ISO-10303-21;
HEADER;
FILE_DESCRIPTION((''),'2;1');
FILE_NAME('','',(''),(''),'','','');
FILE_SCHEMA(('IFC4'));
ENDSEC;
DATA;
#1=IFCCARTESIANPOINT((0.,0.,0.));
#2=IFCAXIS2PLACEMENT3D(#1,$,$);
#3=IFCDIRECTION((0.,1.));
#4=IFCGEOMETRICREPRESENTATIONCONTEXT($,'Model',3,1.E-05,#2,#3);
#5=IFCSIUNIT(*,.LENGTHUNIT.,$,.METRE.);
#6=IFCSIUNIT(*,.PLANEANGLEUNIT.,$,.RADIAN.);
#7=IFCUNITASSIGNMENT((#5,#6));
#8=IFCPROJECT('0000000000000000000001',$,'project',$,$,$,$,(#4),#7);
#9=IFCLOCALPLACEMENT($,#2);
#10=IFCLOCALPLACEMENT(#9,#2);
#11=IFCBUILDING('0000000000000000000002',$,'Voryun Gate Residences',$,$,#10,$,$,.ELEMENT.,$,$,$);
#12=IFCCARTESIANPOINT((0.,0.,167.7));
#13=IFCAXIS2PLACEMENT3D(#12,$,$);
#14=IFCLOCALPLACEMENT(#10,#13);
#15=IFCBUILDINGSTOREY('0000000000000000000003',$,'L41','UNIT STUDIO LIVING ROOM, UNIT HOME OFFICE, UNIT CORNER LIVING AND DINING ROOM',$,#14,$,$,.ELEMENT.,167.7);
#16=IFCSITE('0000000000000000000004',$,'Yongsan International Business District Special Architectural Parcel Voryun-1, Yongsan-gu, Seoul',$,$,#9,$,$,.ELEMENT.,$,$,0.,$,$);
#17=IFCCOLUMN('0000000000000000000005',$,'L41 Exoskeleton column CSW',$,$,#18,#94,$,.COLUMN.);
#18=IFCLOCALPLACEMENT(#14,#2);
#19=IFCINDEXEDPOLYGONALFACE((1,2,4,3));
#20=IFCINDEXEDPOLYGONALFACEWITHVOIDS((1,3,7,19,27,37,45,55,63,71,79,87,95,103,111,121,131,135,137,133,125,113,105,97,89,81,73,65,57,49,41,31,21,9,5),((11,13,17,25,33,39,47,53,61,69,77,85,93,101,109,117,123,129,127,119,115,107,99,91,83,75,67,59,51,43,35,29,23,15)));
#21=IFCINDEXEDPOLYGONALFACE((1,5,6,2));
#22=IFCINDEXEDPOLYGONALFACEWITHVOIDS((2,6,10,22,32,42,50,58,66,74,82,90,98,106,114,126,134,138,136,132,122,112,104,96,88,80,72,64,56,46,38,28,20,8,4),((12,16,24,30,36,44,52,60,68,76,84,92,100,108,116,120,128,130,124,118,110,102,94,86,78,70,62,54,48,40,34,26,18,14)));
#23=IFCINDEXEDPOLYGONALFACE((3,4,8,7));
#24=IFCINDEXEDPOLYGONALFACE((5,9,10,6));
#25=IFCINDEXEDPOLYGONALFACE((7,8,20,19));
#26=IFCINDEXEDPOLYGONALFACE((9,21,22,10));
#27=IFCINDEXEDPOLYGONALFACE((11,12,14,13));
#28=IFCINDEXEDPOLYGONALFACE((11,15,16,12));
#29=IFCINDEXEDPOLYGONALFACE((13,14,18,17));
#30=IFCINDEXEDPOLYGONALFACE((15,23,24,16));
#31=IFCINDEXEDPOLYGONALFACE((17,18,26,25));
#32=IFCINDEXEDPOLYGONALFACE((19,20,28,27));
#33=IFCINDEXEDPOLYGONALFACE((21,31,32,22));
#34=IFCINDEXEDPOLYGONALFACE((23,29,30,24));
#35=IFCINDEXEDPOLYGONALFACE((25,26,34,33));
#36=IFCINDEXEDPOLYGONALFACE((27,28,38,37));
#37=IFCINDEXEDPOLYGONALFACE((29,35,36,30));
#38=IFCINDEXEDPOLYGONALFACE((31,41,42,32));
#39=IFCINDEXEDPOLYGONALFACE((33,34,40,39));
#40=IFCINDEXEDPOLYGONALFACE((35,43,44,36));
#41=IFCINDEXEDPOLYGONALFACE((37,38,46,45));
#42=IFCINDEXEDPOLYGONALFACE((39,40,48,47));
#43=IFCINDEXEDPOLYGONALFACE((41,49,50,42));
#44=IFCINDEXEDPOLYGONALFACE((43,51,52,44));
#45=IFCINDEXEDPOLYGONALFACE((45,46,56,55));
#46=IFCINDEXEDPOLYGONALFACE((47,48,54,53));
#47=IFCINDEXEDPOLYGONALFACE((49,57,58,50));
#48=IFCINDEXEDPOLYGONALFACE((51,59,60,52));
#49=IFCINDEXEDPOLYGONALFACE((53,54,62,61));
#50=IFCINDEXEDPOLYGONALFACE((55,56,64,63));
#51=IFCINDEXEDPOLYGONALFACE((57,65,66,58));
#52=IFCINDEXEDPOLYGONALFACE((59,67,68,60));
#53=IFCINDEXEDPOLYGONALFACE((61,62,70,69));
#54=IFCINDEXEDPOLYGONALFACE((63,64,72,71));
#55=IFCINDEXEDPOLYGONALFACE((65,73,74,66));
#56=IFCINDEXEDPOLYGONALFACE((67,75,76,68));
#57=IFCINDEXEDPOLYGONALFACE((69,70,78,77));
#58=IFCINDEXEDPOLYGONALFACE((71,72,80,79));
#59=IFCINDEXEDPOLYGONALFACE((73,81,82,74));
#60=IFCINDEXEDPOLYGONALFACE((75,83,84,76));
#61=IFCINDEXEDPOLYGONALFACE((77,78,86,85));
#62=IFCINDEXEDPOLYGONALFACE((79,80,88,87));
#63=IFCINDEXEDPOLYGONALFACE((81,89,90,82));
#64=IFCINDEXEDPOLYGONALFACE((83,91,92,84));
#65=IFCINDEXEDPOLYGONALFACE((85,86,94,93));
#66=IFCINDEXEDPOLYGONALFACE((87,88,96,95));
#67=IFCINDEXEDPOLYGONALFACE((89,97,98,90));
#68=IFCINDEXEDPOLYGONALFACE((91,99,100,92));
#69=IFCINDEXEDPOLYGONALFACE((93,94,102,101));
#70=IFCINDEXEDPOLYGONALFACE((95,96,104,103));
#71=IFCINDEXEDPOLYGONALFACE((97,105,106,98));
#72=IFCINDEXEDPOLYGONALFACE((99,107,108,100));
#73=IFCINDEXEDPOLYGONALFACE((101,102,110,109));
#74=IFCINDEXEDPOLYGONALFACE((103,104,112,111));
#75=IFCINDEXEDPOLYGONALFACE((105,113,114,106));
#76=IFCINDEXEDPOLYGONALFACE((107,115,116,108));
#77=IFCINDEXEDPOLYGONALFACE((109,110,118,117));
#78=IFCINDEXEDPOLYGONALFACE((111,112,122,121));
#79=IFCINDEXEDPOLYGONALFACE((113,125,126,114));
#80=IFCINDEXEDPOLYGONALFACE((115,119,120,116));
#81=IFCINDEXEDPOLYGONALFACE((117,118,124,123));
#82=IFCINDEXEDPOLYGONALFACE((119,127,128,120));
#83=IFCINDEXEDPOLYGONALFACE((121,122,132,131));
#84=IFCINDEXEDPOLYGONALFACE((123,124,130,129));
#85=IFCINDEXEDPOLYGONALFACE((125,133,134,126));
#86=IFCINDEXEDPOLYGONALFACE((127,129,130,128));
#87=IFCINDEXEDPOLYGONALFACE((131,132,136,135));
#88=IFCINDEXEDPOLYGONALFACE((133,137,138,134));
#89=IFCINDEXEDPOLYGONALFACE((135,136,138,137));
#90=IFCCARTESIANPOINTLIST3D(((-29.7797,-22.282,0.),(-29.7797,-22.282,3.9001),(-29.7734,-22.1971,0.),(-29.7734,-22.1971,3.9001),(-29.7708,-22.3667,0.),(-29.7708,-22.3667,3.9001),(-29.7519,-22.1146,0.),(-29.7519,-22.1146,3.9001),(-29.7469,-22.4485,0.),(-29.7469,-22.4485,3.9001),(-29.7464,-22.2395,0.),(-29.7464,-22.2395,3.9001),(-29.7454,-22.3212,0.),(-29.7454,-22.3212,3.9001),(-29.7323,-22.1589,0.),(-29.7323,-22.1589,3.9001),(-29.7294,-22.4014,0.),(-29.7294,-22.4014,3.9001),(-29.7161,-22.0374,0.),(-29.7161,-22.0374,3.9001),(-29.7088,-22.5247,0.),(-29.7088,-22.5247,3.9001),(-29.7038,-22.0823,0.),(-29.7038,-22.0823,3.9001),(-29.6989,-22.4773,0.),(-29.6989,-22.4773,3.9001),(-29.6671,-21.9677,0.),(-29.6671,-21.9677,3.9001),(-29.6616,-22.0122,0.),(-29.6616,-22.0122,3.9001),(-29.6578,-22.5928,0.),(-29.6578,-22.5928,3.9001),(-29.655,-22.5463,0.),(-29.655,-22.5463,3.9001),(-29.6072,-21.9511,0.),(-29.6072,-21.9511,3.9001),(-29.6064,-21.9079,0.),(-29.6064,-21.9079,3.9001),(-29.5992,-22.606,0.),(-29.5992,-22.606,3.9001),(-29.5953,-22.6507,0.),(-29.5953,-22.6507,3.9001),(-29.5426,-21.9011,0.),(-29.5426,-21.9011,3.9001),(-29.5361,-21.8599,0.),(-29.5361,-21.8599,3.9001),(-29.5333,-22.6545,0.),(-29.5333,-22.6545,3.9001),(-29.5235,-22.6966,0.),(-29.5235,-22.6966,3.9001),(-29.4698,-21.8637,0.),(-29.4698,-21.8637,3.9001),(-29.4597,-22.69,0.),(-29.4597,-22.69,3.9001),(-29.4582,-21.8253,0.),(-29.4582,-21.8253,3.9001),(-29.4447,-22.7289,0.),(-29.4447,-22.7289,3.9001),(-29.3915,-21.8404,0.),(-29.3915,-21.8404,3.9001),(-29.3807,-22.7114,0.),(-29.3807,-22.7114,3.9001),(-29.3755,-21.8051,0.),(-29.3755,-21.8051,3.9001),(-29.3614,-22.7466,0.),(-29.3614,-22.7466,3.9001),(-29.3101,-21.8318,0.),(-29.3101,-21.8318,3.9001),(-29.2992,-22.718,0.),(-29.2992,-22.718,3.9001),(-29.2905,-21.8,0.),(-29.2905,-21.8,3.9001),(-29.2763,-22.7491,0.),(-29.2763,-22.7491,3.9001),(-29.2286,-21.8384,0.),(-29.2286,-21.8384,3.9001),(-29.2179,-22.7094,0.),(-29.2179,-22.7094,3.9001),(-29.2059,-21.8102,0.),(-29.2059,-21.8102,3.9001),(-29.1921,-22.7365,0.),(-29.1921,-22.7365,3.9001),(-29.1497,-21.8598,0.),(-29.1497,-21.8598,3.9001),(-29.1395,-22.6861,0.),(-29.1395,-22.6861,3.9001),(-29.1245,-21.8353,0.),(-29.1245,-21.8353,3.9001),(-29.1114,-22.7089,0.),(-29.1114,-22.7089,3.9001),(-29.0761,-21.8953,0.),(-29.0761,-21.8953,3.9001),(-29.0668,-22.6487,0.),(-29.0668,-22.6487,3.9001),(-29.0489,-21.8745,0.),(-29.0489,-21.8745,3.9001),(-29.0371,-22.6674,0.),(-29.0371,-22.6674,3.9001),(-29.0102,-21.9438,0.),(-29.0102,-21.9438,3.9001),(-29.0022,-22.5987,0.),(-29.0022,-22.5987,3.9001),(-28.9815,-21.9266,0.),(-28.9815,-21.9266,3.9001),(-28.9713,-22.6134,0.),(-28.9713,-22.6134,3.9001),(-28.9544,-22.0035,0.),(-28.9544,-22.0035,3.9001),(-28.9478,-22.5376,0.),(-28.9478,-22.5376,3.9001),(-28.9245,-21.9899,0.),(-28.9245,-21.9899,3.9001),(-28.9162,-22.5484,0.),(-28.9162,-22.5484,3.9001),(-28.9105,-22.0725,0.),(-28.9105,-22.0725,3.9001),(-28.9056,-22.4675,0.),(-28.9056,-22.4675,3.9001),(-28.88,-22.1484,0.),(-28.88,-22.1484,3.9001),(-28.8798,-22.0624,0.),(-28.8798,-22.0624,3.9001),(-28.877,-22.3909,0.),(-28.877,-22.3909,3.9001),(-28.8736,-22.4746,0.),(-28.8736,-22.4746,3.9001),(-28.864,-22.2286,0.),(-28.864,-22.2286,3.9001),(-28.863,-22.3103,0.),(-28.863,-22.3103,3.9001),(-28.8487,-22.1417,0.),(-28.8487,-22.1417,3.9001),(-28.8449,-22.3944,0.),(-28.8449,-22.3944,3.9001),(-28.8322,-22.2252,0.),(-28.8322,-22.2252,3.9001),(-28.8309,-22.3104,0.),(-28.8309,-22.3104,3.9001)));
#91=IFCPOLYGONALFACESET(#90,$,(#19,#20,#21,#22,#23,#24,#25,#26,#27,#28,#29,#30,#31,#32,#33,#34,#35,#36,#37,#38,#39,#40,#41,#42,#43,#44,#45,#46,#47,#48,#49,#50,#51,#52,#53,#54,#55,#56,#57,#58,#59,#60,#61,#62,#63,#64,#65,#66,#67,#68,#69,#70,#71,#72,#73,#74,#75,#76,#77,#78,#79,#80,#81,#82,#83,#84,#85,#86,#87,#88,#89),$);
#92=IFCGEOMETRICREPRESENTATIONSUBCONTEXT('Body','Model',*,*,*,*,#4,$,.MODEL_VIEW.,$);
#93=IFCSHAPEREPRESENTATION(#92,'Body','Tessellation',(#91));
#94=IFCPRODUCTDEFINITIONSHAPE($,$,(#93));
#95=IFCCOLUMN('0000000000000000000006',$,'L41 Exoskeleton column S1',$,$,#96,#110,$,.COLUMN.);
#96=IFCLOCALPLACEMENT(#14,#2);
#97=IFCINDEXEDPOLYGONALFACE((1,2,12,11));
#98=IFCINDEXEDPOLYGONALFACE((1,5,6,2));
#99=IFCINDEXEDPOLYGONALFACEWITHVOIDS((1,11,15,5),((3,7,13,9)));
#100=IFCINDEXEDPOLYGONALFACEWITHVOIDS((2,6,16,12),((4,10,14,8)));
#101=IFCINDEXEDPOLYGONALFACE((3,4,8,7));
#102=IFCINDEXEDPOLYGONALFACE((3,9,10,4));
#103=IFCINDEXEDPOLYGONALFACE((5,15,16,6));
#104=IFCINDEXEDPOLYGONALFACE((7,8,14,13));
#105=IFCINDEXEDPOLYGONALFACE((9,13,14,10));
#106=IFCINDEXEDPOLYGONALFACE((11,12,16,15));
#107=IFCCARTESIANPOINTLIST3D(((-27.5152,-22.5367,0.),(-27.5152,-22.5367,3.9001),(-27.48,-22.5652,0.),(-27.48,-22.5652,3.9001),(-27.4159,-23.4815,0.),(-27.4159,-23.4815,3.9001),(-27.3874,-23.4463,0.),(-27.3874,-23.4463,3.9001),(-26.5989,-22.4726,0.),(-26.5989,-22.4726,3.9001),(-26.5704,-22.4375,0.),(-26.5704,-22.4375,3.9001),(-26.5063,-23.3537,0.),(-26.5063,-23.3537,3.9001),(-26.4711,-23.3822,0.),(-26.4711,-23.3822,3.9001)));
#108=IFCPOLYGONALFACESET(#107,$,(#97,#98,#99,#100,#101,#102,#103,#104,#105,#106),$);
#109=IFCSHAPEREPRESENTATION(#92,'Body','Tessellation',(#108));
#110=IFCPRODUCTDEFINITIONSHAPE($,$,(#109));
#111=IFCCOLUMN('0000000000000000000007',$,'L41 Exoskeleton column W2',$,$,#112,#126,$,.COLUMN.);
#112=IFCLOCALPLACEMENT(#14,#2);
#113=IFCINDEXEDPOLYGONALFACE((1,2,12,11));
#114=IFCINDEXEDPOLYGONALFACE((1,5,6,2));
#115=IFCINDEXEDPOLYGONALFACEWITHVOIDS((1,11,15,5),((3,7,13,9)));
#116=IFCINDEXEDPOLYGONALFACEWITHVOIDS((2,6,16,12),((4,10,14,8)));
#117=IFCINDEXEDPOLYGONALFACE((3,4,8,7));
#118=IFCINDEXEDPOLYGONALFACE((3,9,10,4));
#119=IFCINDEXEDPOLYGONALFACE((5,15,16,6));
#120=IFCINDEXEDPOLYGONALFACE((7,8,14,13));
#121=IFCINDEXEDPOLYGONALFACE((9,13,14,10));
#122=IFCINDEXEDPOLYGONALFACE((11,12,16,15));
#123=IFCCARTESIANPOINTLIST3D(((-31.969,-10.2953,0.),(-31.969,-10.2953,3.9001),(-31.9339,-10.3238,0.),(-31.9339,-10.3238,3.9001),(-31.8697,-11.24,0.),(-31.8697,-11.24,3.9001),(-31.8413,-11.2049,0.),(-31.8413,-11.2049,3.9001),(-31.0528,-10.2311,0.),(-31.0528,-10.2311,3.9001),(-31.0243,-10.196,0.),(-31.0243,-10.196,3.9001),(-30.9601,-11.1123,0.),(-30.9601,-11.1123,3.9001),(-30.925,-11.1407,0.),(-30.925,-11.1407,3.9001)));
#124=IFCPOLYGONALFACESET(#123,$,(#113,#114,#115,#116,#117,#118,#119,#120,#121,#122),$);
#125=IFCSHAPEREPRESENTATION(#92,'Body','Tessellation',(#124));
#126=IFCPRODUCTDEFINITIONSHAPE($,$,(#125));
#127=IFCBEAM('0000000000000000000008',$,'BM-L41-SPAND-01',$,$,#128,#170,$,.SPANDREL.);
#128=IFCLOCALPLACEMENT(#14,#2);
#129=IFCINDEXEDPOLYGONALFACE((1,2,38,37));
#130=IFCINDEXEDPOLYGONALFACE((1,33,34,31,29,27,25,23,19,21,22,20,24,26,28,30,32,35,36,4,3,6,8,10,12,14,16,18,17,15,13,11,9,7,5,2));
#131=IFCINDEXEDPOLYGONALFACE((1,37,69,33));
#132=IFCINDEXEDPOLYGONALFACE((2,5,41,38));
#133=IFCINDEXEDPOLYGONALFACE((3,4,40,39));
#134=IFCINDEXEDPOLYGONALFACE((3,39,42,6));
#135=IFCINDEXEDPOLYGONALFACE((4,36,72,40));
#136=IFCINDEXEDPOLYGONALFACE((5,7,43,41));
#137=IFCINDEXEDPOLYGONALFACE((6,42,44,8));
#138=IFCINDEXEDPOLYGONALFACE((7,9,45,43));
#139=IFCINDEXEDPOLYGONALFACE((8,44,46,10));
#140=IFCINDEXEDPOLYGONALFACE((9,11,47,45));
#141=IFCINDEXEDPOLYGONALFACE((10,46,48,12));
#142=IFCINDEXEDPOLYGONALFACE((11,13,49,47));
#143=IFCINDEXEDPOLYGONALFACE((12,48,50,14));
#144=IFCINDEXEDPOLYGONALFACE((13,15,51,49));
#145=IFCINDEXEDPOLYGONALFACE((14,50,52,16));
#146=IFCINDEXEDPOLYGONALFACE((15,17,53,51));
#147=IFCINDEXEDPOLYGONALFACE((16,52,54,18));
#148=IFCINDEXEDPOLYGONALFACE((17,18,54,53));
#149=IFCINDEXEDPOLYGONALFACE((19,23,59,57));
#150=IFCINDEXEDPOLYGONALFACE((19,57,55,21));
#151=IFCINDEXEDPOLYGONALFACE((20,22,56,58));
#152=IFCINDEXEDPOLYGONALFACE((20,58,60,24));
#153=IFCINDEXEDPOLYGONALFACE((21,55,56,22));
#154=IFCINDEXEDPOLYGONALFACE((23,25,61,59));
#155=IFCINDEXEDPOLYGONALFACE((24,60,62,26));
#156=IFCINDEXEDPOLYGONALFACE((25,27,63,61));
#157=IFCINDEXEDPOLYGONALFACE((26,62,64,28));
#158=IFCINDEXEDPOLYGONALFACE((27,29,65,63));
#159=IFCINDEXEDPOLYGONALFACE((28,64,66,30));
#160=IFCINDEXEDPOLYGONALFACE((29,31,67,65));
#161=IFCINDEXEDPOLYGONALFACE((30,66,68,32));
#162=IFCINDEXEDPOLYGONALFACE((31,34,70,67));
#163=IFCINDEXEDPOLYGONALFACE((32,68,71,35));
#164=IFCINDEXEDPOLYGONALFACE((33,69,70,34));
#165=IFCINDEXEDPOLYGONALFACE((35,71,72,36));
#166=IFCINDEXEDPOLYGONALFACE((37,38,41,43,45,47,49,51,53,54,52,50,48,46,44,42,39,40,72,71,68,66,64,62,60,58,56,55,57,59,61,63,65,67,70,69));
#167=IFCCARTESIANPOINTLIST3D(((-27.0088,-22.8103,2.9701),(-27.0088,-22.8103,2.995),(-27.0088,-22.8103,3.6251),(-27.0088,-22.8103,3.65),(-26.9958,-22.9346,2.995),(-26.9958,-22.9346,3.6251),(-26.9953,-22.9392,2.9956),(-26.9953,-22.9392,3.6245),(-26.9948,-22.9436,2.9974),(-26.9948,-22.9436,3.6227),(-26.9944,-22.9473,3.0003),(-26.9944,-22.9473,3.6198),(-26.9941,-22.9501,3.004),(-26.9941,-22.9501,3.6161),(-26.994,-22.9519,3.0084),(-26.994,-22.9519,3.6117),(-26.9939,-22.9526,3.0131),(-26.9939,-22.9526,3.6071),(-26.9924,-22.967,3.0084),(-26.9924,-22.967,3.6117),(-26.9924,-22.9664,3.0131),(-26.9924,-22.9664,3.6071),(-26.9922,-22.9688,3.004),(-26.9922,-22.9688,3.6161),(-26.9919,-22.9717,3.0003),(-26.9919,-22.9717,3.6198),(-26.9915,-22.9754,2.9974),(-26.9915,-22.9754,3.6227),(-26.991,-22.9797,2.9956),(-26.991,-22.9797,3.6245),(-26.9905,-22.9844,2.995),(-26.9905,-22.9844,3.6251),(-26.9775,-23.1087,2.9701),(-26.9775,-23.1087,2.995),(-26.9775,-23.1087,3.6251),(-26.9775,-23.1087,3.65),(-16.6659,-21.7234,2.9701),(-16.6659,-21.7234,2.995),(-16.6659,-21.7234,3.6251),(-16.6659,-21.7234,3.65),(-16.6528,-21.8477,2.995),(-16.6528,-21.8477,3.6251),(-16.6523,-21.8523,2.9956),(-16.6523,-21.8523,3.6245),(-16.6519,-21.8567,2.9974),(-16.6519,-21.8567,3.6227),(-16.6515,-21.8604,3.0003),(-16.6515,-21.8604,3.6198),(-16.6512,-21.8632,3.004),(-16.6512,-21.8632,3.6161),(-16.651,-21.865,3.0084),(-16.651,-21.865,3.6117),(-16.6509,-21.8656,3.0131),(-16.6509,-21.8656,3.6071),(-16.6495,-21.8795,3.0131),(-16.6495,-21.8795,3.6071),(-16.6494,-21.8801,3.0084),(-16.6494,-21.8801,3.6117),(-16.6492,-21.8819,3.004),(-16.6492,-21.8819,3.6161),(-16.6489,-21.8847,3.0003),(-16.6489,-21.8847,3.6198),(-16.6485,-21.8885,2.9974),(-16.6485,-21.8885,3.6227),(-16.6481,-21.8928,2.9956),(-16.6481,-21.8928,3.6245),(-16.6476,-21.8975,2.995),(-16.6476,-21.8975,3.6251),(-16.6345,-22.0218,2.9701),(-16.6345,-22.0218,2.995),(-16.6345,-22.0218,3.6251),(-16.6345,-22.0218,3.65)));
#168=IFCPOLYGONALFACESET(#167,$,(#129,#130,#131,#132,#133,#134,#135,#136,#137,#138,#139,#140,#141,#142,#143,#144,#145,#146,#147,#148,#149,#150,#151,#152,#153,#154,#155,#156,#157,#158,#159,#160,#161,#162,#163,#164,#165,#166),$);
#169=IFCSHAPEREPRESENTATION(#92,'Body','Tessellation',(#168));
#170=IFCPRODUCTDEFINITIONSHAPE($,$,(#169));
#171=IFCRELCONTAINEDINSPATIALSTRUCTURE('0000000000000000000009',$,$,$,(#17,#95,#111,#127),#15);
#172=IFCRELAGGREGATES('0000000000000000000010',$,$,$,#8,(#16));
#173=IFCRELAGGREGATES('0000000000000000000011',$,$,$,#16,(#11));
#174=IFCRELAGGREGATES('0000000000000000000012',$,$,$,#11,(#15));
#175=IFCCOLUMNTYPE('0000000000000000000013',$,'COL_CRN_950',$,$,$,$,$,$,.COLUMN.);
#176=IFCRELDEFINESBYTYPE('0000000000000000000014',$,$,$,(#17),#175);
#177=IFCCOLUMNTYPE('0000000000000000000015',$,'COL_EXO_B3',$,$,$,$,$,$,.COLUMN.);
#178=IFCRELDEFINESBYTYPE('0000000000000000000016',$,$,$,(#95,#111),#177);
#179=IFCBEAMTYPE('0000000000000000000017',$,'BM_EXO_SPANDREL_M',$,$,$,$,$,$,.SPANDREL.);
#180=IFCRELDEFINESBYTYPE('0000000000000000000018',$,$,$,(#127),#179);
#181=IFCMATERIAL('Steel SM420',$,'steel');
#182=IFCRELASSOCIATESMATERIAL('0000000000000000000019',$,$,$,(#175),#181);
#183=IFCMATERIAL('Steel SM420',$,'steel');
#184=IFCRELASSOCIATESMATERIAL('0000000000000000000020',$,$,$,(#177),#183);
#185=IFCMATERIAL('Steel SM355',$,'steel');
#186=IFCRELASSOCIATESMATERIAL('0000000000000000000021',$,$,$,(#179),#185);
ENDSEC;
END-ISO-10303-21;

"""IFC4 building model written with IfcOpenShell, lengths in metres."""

from ifc_helpers import new_model, si_unit, direction, frame, origin, origin_2d, place, context, subcontext, project, spatial, hollow_rectangle, hollow_circle, i_section, extrude, material, material_profile, profile_set, type_object, element, save


model = new_model("IFC4")

# Units and contexts
model_context = context("Model", 3, precision=1e-05, world=origin(), true_north=direction((0.0, 1.0)))
body_context = subcontext(model_context, "Body", "Model", "MODEL_VIEW")
ifc_project = project(units=[si_unit("LENGTHUNIT", "METRE"), si_unit("PLANEANGLEUNIT", "RADIAN")], contexts=[model_context])

# Site, building, storey
site_placement = place(None, origin())
site = spatial("IfcSite", under=ifc_project, at=site_placement, Name="Yongsan International Business District Special Architectural Parcel Voryun-1, Yongsan-gu, Seoul", CompositionType="ELEMENT", RefElevation=0.0)
building_placement = place(site_placement, origin())
building = spatial("IfcBuilding", under=site, at=building_placement, Name="Voryun Gate Residences", CompositionType="ELEMENT")
storey_placement = place(building_placement, frame((0.0, 0.0, 167.7)))
storey = spatial("IfcBuildingStorey", under=building, at=storey_placement, Name="L41", Description="UNIT STUDIO LIVING ROOM, UNIT HOME OFFICE, UNIT CORNER LIVING AND DINING ROOM", CompositionType="ELEMENT", Elevation=167.7)

# Columns
ifc_material_1 = material(Name="Steel SM420", Category="steel")
ifc_material_profile_1 = material_profile(ifc_material_1, hollow_circle(Radius=0.4751, WallThickness=0.032, at=origin_2d()), Name="CHS-950x32")
ifc_profile_set_1 = profile_set([ifc_material_profile_1], Name="Steel SM420")
column_type_1 = type_object("IfcColumnType", Name="COL_CRN_950", PredefinedType="COLUMN", material=ifc_profile_set_1)
column_placement = place(storey_placement, frame((-29.3047, -22.2749, 0.0), z_axis=(0.0, 0.0, 1.0), x_axis=(0.994522, 0.104528, 0.0)))
element("IfcColumn", 1, at=column_placement, inside=storey, type_object=column_type_1, Name="L41 Exoskeleton column CSW", PredefinedType="COLUMN", context=body_context, shape_type="SweptSolid", body=[
    extrude(hollow_circle(Radius=0.4751, WallThickness=0.032, at=origin_2d()), origin(), (0.0, 0.0, 1.0), 3.9001),
])
ifc_material_2 = material(Name="Steel SM420", Category="steel")
ifc_material_profile_2 = material_profile(ifc_material_2, hollow_rectangle(XDim=0.95, YDim=0.95, WallThickness=0.032, at=origin_2d()), Name="BOX-950x950x32")
ifc_profile_set_2 = profile_set([ifc_material_profile_2], Name="Steel SM420")
column_type_2 = type_object("IfcColumnType", Name="COL_EXO_B3", PredefinedType="COLUMN", material=ifc_profile_set_2)
for number, where, z_axis, x_axis, name in (
    (2, (-26.9932, -22.9595, 0.0), (0.0, 0.0, 1.0), (0.994522, 0.104528, 0.0), "L41 Exoskeleton column S1"),
    (3, (-31.447, -10.718, 0.0), (0.0, 0.0, 1.0), (0.994522, 0.104528, 0.0), "L41 Exoskeleton column W2"),
):
    element("IfcColumn", number, at=place(storey_placement, frame(where, z_axis=z_axis, x_axis=x_axis)), inside=storey, type_object=column_type_2, Name=name, PredefinedType="COLUMN", context=body_context, shape_type="SweptSolid", body=[
        extrude(hollow_rectangle(XDim=0.95, YDim=0.95, WallThickness=0.032, at=origin_2d()), origin(), (0.0, 0.0, 1.0), 3.9001),
    ])

# Beam
ifc_material_3 = material(Name="Steel SM355", Category="steel")
ifc_material_profile_3 = material_profile(ifc_material_3, i_section(OverallWidth=0.3, OverallDepth=0.6799, WebThickness=0.0139, FlangeThickness=0.0249, FilletRadius=0.0181, at=origin_2d()), Name="H-680x300x14x25")
ifc_profile_set_3 = profile_set([ifc_material_profile_3], Name="Steel SM355")
beam_type = type_object("IfcBeamType", Name="BM_EXO_SPANDREL_M", PredefinedType="SPANDREL", material=ifc_profile_set_3)
beam_1_placement = place(storey_placement, frame((-26.9932, -22.9595, 3.3101), z_axis=(0.994524, 0.104511, 0.0), x_axis=(-0.104511, 0.994524, 0.0)))
element("IfcBeam", 4, at=beam_1_placement, inside=storey, type_object=beam_type, Name="BM-L41-SPAND-01", PredefinedType="SPANDREL", context=body_context, shape_type="SweptSolid", body=[
    extrude(i_section(OverallWidth=0.3, OverallDepth=0.6799, WebThickness=0.0139, FlangeThickness=0.0249, FilletRadius=0.0181, at=origin_2d()), origin(), (0.0, 0.0, 1.0), 10.3999),
])

save(model, "model.ifc")
